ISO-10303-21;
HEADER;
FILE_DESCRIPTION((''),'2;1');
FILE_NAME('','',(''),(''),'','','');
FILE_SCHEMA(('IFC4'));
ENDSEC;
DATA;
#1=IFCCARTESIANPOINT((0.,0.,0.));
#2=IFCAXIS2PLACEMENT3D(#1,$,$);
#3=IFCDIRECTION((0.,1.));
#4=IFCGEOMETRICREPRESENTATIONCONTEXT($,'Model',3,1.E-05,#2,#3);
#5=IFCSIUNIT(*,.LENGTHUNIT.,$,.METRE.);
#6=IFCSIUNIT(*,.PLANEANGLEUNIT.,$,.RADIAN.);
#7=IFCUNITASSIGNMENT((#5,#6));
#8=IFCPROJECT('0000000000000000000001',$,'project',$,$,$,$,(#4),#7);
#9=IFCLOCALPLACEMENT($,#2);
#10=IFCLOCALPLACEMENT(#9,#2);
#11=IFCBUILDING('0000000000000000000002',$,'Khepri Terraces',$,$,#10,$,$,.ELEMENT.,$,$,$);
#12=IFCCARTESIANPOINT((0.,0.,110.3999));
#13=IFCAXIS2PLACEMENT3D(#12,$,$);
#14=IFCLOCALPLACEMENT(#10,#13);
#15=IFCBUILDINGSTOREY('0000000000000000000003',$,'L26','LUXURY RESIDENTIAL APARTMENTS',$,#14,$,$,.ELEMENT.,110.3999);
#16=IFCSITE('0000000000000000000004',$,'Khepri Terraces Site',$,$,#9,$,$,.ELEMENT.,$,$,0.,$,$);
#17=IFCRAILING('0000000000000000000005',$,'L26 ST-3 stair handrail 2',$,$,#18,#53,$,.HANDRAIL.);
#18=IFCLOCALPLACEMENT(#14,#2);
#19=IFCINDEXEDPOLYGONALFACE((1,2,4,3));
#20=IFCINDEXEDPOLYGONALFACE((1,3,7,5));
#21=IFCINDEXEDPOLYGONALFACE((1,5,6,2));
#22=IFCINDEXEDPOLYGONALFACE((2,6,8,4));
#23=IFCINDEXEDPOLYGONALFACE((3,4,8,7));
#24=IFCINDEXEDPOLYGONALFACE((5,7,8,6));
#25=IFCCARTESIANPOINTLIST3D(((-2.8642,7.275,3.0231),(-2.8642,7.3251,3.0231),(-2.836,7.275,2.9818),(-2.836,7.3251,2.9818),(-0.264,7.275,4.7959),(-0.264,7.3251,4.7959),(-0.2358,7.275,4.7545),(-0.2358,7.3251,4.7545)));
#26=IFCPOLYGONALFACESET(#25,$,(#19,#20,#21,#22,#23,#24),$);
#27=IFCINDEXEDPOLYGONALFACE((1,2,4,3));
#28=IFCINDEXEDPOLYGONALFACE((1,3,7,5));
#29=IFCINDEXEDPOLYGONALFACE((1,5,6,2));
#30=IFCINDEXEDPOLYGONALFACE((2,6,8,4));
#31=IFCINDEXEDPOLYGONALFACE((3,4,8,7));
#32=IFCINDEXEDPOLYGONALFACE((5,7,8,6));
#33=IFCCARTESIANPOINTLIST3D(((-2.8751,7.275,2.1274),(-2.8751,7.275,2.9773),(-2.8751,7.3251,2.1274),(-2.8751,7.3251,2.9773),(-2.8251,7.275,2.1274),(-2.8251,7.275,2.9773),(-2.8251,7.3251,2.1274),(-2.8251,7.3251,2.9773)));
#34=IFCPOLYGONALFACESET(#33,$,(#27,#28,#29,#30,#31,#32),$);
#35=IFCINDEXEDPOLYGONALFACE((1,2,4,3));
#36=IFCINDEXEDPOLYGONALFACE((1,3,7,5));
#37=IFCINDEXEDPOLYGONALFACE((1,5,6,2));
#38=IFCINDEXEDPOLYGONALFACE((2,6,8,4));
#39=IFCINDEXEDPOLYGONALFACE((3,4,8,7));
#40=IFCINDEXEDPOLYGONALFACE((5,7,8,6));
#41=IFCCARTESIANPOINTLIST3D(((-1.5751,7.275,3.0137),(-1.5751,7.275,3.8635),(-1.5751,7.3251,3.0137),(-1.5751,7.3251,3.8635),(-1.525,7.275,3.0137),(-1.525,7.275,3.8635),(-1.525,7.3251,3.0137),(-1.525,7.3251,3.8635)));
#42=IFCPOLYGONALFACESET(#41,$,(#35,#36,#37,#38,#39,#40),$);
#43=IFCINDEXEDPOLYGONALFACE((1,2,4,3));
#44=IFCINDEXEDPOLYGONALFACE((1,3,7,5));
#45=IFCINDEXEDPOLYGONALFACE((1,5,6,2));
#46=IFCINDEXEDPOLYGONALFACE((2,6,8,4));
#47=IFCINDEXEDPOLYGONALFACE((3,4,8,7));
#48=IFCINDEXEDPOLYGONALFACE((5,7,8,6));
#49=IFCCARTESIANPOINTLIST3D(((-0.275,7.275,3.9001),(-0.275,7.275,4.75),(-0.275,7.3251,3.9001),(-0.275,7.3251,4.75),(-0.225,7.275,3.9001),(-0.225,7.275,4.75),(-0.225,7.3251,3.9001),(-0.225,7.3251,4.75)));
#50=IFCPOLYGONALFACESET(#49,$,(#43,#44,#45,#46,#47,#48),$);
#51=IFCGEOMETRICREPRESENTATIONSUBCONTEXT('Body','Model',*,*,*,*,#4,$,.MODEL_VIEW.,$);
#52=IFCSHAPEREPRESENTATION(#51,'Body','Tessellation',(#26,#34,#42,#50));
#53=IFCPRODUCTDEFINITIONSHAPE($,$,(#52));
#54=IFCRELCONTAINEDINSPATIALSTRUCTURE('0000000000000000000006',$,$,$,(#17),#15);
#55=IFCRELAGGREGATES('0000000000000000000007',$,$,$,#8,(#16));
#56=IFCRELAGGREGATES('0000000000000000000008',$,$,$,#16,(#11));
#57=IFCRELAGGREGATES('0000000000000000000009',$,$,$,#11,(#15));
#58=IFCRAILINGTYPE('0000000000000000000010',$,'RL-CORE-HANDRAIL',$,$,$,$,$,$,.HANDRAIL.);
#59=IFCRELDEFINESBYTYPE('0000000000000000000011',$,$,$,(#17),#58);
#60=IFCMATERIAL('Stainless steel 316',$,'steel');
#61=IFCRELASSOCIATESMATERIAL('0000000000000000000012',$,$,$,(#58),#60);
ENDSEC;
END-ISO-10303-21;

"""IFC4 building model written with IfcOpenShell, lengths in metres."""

from ifc_helpers import new_model, si_unit, direction, frame, origin, origin_2d, place, context, subcontext, project, spatial, rectangle, extrude, material, type_object, element, save


model = new_model("IFC4")

# Units and contexts
model_context = context("Model", 3, precision=1e-05, world=origin(), true_north=direction((0.0, 1.0)))
body_context = subcontext(model_context, "Body", "Model", "MODEL_VIEW")
ifc_project = project(units=[si_unit("LENGTHUNIT", "METRE"), si_unit("PLANEANGLEUNIT", "RADIAN")], contexts=[model_context])

# Site, building, storey
site_placement = place(None, origin())
site = spatial("IfcSite", under=ifc_project, at=site_placement, Name="Khepri Terraces Site", CompositionType="ELEMENT", RefElevation=0.0)
building_placement = place(site_placement, origin())
building = spatial("IfcBuilding", under=site, at=building_placement, Name="Khepri Terraces", CompositionType="ELEMENT")
storey_placement = place(building_placement, frame((0.0, 0.0, 110.3999)))
storey = spatial("IfcBuildingStorey", under=building, at=storey_placement, Name="L26", Description="LUXURY RESIDENTIAL APARTMENTS", CompositionType="ELEMENT", Elevation=110.3999)

# Railing
ifc_material_1 = material(Name="Stainless steel 316", Category="steel")
railing_type_1 = type_object("IfcRailingType", Name="RL-CORE-HANDRAIL", PredefinedType="HANDRAIL", material=ifc_material_1)
railing_1_placement = place(storey_placement, frame((-2.8501, 7.3, 2.1274)))
element("IfcRailing", 1, at=railing_1_placement, inside=storey, type_object=railing_type_1, Name="L26 ST-3 stair handrail 2", PredefinedType="HANDRAIL", context=body_context, shape_type="SweptSolid", body=[
    extrude(rectangle(XDim=0.05, YDim=0.05, at=origin_2d()), frame((0.0, 0.0, 0.875), z_axis=(0.82624, 0.0, 0.563318), x_axis=(0.0, 1.0, 0.0)), (0.0, 0.0, 1.0), 3.147),
    extrude(rectangle(XDim=0.05, YDim=0.05, at=origin_2d()), origin(), (0.0, 0.0, 1.0), 0.8499),
    extrude(rectangle(XDim=0.05, YDim=0.05, at=origin_2d()), frame((1.3, 0.0, 0.8862)), (0.0, 0.0, 1.0), 0.8499),
    extrude(rectangle(XDim=0.05, YDim=0.05, at=origin_2d()), frame((2.6001, 0.0, 1.7727)), (0.0, 0.0, 1.0), 0.8499),
])

save(model, "model.ifc")
